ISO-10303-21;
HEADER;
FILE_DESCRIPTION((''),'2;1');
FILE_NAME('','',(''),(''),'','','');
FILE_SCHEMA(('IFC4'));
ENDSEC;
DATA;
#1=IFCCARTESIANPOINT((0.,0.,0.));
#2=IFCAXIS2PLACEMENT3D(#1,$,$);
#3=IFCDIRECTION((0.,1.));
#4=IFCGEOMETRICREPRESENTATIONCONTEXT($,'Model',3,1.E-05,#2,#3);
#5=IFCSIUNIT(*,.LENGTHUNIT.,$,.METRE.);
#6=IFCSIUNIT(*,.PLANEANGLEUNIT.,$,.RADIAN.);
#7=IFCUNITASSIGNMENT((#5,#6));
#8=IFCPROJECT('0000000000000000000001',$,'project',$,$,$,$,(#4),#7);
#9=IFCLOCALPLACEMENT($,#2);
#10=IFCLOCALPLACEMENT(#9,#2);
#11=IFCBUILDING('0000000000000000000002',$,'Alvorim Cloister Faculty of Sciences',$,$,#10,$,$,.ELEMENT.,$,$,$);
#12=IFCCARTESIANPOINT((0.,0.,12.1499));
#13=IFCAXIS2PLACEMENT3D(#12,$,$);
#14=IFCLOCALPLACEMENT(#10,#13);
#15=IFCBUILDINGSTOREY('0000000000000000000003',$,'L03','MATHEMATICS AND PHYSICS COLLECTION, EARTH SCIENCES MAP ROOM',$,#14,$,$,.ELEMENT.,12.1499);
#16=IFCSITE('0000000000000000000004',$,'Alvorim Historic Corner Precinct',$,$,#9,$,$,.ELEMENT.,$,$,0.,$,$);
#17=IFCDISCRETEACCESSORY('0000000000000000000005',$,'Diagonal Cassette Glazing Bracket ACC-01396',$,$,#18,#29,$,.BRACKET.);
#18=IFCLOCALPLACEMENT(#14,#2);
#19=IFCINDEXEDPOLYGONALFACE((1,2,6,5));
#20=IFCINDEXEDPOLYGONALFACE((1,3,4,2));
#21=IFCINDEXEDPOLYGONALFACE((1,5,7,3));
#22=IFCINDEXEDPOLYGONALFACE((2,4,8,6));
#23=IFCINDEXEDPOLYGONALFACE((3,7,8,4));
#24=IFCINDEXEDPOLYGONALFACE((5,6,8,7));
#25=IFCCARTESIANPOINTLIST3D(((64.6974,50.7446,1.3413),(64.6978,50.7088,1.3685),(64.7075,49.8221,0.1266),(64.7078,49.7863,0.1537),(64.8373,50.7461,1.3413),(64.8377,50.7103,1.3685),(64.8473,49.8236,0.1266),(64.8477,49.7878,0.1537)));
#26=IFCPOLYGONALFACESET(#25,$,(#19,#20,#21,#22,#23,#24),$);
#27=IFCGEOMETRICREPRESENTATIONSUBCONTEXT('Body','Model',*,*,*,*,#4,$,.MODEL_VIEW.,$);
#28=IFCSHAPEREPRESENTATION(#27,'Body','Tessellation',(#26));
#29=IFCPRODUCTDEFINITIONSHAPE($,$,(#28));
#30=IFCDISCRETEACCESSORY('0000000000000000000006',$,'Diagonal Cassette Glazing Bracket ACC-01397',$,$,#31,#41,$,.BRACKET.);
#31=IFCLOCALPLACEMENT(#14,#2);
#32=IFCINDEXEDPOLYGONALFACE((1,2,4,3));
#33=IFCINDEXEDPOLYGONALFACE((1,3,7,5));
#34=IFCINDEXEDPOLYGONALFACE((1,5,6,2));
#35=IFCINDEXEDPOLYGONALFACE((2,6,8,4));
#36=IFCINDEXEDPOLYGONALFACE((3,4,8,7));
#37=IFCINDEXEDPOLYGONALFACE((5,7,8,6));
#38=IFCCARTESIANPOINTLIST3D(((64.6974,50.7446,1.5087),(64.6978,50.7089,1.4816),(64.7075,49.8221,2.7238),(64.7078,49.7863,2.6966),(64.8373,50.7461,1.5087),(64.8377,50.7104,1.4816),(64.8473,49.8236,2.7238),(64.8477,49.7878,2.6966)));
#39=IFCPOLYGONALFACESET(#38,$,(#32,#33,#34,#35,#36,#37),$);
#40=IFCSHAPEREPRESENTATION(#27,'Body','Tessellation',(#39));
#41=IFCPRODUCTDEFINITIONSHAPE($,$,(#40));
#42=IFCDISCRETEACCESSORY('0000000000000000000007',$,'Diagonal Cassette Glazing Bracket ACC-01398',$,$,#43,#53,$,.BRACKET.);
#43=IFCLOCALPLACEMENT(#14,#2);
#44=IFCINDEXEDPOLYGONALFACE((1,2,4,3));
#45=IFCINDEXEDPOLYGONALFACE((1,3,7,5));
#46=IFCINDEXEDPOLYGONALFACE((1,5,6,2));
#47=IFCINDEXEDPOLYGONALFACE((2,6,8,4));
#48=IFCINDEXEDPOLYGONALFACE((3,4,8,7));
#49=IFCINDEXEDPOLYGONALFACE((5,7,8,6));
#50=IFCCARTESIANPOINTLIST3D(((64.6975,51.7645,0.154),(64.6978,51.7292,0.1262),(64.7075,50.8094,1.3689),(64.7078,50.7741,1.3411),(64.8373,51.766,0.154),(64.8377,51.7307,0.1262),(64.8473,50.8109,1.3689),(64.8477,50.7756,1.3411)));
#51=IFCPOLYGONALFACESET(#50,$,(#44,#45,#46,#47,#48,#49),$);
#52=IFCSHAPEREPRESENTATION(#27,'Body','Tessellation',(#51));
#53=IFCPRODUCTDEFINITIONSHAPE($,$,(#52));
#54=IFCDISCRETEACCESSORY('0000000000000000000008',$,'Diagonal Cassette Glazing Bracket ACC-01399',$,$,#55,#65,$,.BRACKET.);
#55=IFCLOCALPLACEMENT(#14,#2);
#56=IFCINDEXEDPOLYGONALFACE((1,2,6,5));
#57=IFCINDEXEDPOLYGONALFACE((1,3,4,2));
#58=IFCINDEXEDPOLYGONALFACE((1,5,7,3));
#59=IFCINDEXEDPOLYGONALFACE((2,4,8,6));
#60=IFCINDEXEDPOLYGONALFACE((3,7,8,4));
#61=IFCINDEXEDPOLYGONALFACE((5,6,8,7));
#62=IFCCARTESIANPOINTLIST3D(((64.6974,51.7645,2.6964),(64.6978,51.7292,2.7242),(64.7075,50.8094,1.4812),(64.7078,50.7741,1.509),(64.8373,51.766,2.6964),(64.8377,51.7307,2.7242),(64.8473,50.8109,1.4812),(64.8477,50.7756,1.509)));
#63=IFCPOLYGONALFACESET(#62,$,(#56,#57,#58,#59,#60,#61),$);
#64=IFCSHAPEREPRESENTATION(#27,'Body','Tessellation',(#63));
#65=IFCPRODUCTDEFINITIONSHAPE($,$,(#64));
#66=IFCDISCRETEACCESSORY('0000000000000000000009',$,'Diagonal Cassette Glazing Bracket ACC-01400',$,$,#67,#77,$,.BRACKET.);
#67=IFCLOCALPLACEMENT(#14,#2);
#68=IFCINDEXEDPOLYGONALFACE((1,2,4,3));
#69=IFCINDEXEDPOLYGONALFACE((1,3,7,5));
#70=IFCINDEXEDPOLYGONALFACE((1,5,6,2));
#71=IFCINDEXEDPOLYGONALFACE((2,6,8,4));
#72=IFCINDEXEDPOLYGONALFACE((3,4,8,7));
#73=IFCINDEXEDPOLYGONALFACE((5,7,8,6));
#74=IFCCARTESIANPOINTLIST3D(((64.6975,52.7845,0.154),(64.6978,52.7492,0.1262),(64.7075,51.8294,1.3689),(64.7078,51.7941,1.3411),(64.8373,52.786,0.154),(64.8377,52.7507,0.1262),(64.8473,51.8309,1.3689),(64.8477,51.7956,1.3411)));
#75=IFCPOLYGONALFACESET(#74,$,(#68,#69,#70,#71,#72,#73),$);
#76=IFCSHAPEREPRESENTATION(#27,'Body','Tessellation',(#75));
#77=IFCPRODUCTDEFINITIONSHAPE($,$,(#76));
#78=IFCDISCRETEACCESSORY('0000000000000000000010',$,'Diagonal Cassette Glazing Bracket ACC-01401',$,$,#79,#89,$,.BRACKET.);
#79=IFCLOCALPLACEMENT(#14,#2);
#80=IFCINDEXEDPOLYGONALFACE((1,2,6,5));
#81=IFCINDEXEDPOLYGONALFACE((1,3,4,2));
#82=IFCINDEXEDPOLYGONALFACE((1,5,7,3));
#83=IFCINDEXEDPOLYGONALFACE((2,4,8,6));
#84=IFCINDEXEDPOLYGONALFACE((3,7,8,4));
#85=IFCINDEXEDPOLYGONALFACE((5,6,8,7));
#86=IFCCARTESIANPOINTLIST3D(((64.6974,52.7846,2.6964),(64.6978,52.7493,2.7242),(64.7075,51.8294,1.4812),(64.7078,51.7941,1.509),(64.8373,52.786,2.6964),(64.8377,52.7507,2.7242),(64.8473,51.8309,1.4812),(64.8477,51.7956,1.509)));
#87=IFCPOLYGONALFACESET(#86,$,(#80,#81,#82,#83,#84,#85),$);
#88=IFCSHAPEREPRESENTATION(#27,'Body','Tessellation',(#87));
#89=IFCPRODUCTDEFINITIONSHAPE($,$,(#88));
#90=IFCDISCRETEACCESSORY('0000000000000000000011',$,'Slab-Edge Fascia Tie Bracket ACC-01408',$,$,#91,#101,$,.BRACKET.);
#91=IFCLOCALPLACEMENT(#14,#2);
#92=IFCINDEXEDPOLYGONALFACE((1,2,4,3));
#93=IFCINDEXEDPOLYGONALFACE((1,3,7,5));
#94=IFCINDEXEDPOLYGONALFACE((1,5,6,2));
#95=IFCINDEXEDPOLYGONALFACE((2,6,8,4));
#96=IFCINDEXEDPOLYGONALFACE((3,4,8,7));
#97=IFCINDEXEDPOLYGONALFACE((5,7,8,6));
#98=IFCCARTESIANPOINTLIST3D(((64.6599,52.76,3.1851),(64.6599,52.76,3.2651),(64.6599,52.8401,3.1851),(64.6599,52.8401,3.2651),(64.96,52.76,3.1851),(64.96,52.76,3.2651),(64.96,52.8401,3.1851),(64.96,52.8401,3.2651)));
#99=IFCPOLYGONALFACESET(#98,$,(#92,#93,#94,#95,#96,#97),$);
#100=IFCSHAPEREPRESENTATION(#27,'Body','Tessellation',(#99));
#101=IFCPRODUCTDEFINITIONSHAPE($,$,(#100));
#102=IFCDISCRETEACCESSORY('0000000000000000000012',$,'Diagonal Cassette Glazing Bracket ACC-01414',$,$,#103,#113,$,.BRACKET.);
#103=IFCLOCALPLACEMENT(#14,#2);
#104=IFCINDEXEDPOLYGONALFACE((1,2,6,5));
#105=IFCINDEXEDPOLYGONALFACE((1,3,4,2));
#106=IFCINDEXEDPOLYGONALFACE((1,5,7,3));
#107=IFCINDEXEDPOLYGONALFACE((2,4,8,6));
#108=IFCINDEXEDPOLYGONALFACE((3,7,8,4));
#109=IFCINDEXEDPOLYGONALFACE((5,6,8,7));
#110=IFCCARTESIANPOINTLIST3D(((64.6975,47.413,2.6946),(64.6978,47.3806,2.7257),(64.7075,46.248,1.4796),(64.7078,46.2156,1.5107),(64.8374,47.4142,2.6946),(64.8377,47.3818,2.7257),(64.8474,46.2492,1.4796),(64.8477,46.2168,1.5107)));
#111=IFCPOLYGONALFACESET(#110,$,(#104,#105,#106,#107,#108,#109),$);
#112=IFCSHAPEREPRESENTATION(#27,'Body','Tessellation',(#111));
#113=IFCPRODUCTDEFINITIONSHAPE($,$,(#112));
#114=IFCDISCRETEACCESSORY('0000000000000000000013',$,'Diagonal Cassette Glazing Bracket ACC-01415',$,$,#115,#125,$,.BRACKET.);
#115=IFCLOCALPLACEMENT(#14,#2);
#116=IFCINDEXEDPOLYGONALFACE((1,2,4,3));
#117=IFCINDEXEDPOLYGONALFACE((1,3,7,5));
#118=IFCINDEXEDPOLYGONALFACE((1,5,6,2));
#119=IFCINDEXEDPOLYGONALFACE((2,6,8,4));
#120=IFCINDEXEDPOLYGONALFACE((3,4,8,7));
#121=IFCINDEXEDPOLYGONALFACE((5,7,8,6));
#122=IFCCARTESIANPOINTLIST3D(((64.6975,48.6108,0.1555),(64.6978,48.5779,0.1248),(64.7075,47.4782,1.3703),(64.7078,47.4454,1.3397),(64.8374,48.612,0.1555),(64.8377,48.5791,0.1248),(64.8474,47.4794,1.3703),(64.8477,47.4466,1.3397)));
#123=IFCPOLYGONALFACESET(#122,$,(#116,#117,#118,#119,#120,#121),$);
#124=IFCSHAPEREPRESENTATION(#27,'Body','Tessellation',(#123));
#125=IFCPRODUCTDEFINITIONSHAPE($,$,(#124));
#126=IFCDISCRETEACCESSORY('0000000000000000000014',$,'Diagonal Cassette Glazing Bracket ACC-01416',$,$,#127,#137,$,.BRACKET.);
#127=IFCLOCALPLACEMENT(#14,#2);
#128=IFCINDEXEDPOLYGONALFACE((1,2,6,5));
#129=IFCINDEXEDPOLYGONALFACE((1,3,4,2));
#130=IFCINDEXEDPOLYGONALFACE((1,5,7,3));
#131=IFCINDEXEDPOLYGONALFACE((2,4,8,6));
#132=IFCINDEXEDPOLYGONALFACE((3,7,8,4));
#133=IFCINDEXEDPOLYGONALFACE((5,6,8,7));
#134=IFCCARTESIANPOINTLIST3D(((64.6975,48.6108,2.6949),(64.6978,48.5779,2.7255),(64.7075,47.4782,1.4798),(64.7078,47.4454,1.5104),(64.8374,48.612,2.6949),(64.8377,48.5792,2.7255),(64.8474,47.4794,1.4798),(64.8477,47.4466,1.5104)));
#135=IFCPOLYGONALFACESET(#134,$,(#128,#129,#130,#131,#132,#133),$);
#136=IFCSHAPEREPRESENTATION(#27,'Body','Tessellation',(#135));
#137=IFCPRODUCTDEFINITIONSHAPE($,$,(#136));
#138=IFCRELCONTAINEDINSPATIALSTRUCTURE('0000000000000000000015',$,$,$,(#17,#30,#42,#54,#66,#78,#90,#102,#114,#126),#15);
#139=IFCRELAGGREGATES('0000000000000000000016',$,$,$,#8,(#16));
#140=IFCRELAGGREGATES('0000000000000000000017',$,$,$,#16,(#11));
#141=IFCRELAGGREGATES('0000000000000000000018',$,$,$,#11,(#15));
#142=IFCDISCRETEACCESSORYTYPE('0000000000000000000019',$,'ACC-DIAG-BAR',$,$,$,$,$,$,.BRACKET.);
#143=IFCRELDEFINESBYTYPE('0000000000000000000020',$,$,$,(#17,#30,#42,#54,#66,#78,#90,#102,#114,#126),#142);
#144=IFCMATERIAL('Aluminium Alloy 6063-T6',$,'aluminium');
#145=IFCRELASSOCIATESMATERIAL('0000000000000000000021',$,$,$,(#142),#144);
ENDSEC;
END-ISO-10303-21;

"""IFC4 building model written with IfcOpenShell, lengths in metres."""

from ifc_helpers import new_model, si_unit, direction, frame, origin, origin_2d, place, context, subcontext, project, spatial, rectangle, extrude, material, type_object, element, save


model = new_model("IFC4")

# Units and contexts
model_context = context("Model", 3, precision=1e-05, world=origin(), true_north=direction((0.0, 1.0)))
body_context = subcontext(model_context, "Body", "Model", "MODEL_VIEW")
ifc_project = project(units=[si_unit("LENGTHUNIT", "METRE"), si_unit("PLANEANGLEUNIT", "RADIAN")], contexts=[model_context])

# Site, building, storey
site_placement = place(None, origin())
site = spatial("IfcSite", under=ifc_project, at=site_placement, Name="Alvorim Historic Corner Precinct", CompositionType="ELEMENT", RefElevation=0.0)
building_placement = place(site_placement, origin())
building = spatial("IfcBuilding", under=site, at=building_placement, Name="Alvorim Cloister Faculty of Sciences", CompositionType="ELEMENT")
storey_placement = place(building_placement, frame((0.0, 0.0, 12.1499)))
storey = spatial("IfcBuildingStorey", under=building, at=storey_placement, Name="L03", Description="MATHEMATICS AND PHYSICS COLLECTION, EARTH SCIENCES MAP ROOM", CompositionType="ELEMENT", Elevation=12.1499)

# Shared definitions
ifc_material_1 = material(Name="Aluminium Alloy 6063-T6", Category="aluminium")

# Discrete accessories
discrete_accessory_type = type_object("IfcDiscreteAccessoryType", Name="ACC-DIAG-BAR", PredefinedType="BRACKET", material=ifc_material_1)
discrete_accessory_1_placement = place(storey_placement, frame((64.7776, 49.8049, 0.1401), z_axis=(-0.006562, 0.60479, 0.796358), x_axis=(-0.999941, -0.010849, 0.0)))
element("IfcDiscreteAccessory", 1, at=discrete_accessory_1_placement, inside=storey, type_object=discrete_accessory_type, Name="Diagonal Cassette Glazing Bracket ACC-01396", PredefinedType="BRACKET", context=body_context, shape_type="SweptSolid", body=[
    extrude(rectangle(XDim=0.1399, YDim=0.0449, at=origin_2d()), origin(), (0.0, 0.0, 1.0), 1.5254),
])
discrete_accessory_2_placement = place(storey_placement, frame((64.7776, 49.8049, 2.7102), z_axis=(-0.006561, 0.604713, -0.796416), x_axis=(-0.999941, -0.010849, 0.0)))
element("IfcDiscreteAccessory", 2, at=discrete_accessory_2_placement, inside=storey, type_object=discrete_accessory_type, Name="Diagonal Cassette Glazing Bracket ACC-01397", PredefinedType="BRACKET", context=body_context, shape_type="SweptSolid", body=[
    extrude(rectangle(XDim=0.1399, YDim=0.0449, at=origin_2d()), origin(), (0.0, 0.0, 1.0), 1.5256),
])
discrete_accessory_3_placement = place(storey_placement, frame((64.7776, 50.7925, 1.355), z_axis=(-0.006477, 0.618032, -0.786126), x_axis=(-0.999945, -0.01048, 0.0)))
element("IfcDiscreteAccessory", 3, at=discrete_accessory_3_placement, inside=storey, type_object=discrete_accessory_type, Name="Diagonal Cassette Glazing Bracket ACC-01398", PredefinedType="BRACKET", context=body_context, shape_type="SweptSolid", body=[
    extrude(rectangle(XDim=0.1399, YDim=0.0449, at=origin_2d()), origin(), (0.0, 0.0, 1.0), 1.5454),
])
discrete_accessory_4_placement = place(storey_placement, frame((64.7776, 50.7925, 1.4951), z_axis=(-0.006477, 0.617955, 0.786187), x_axis=(-0.999945, -0.01048, 0.0)))
element("IfcDiscreteAccessory", 4, at=discrete_accessory_4_placement, inside=storey, type_object=discrete_accessory_type, Name="Diagonal Cassette Glazing Bracket ACC-01399", PredefinedType="BRACKET", context=body_context, shape_type="SweptSolid", body=[
    extrude(rectangle(XDim=0.1399, YDim=0.0449, at=origin_2d()), origin(), (0.0, 0.0, 1.0), 1.5457),
])
discrete_accessory_5_placement = place(storey_placement, frame((64.7776, 51.8125, 1.355), z_axis=(-0.006477, 0.618032, -0.786126), x_axis=(-0.999945, -0.01048, 0.0)))
element("IfcDiscreteAccessory", 5, at=discrete_accessory_5_placement, inside=storey, type_object=discrete_accessory_type, Name="Diagonal Cassette Glazing Bracket ACC-01400", PredefinedType="BRACKET", context=body_context, shape_type="SweptSolid", body=[
    extrude(rectangle(XDim=0.1399, YDim=0.0449, at=origin_2d()), origin(), (0.0, 0.0, 1.0), 1.5454),
])
discrete_accessory_6_placement = place(storey_placement, frame((64.7776, 51.8125, 1.4951), z_axis=(-0.006477, 0.617955, 0.786187), x_axis=(-0.999945, -0.01048, 0.0)))
element("IfcDiscreteAccessory", 6, at=discrete_accessory_6_placement, inside=storey, type_object=discrete_accessory_type, Name="Diagonal Cassette Glazing Bracket ACC-01401", PredefinedType="BRACKET", context=body_context, shape_type="SweptSolid", body=[
    extrude(rectangle(XDim=0.1399, YDim=0.0449, at=origin_2d()), origin(), (0.0, 0.0, 1.0), 1.5457),
])
discrete_accessory_7_placement = place(storey_placement, frame((64.6599, 52.8, 3.2251), z_axis=(1.0, 0.0, 0.0), x_axis=(0.0, 1.0, 0.0)))
element("IfcDiscreteAccessory", 7, at=discrete_accessory_7_placement, inside=storey, type_object=discrete_accessory_type, Name="Slab-Edge Fascia Tie Bracket ACC-01408", PredefinedType="BRACKET", context=body_context, shape_type="SweptSolid", body=[
    extrude(rectangle(XDim=0.0801, YDim=0.0801, at=origin_2d()), origin(), (0.0, 0.0, 1.0), 0.3),
])
discrete_accessory_8_placement = place(storey_placement, frame((64.7776, 46.2324, 1.4951), z_axis=(-0.005946, 0.692073, 0.721803), x_axis=(-0.999963, -0.008591, 0.0)))
element("IfcDiscreteAccessory", 8, at=discrete_accessory_8_placement, inside=storey, type_object=discrete_accessory_type, Name="Diagonal Cassette Glazing Bracket ACC-01414", PredefinedType="BRACKET", context=body_context, shape_type="SweptSolid", body=[
    extrude(rectangle(XDim=0.1399, YDim=0.0449, at=origin_2d()), origin(), (0.0, 0.0, 1.0), 1.6833),
])
discrete_accessory_9_placement = place(storey_placement, frame((64.7776, 47.4624, 1.355), z_axis=(-0.006027, 0.681892, -0.731428), x_axis=(-0.999961, -0.008838, 0.0)))
element("IfcDiscreteAccessory", 9, at=discrete_accessory_9_placement, inside=storey, type_object=discrete_accessory_type, Name="Diagonal Cassette Glazing Bracket ACC-01415", PredefinedType="BRACKET", context=body_context, shape_type="SweptSolid", body=[
    extrude(rectangle(XDim=0.1399, YDim=0.0449, at=origin_2d()), origin(), (0.0, 0.0, 1.0), 1.6609),
])
discrete_accessory_10_placement = place(storey_placement, frame((64.7776, 47.4624, 1.4951), z_axis=(-0.006026, 0.681819, 0.731496), x_axis=(-0.999961, -0.008838, 0.0)))
element("IfcDiscreteAccessory", 10, at=discrete_accessory_10_placement, inside=storey, type_object=discrete_accessory_type, Name="Diagonal Cassette Glazing Bracket ACC-01416", PredefinedType="BRACKET", context=body_context, shape_type="SweptSolid", body=[
    extrude(rectangle(XDim=0.1399, YDim=0.0449, at=origin_2d()), origin(), (0.0, 0.0, 1.0), 1.6611),
])

save(model, "model.ifc")
